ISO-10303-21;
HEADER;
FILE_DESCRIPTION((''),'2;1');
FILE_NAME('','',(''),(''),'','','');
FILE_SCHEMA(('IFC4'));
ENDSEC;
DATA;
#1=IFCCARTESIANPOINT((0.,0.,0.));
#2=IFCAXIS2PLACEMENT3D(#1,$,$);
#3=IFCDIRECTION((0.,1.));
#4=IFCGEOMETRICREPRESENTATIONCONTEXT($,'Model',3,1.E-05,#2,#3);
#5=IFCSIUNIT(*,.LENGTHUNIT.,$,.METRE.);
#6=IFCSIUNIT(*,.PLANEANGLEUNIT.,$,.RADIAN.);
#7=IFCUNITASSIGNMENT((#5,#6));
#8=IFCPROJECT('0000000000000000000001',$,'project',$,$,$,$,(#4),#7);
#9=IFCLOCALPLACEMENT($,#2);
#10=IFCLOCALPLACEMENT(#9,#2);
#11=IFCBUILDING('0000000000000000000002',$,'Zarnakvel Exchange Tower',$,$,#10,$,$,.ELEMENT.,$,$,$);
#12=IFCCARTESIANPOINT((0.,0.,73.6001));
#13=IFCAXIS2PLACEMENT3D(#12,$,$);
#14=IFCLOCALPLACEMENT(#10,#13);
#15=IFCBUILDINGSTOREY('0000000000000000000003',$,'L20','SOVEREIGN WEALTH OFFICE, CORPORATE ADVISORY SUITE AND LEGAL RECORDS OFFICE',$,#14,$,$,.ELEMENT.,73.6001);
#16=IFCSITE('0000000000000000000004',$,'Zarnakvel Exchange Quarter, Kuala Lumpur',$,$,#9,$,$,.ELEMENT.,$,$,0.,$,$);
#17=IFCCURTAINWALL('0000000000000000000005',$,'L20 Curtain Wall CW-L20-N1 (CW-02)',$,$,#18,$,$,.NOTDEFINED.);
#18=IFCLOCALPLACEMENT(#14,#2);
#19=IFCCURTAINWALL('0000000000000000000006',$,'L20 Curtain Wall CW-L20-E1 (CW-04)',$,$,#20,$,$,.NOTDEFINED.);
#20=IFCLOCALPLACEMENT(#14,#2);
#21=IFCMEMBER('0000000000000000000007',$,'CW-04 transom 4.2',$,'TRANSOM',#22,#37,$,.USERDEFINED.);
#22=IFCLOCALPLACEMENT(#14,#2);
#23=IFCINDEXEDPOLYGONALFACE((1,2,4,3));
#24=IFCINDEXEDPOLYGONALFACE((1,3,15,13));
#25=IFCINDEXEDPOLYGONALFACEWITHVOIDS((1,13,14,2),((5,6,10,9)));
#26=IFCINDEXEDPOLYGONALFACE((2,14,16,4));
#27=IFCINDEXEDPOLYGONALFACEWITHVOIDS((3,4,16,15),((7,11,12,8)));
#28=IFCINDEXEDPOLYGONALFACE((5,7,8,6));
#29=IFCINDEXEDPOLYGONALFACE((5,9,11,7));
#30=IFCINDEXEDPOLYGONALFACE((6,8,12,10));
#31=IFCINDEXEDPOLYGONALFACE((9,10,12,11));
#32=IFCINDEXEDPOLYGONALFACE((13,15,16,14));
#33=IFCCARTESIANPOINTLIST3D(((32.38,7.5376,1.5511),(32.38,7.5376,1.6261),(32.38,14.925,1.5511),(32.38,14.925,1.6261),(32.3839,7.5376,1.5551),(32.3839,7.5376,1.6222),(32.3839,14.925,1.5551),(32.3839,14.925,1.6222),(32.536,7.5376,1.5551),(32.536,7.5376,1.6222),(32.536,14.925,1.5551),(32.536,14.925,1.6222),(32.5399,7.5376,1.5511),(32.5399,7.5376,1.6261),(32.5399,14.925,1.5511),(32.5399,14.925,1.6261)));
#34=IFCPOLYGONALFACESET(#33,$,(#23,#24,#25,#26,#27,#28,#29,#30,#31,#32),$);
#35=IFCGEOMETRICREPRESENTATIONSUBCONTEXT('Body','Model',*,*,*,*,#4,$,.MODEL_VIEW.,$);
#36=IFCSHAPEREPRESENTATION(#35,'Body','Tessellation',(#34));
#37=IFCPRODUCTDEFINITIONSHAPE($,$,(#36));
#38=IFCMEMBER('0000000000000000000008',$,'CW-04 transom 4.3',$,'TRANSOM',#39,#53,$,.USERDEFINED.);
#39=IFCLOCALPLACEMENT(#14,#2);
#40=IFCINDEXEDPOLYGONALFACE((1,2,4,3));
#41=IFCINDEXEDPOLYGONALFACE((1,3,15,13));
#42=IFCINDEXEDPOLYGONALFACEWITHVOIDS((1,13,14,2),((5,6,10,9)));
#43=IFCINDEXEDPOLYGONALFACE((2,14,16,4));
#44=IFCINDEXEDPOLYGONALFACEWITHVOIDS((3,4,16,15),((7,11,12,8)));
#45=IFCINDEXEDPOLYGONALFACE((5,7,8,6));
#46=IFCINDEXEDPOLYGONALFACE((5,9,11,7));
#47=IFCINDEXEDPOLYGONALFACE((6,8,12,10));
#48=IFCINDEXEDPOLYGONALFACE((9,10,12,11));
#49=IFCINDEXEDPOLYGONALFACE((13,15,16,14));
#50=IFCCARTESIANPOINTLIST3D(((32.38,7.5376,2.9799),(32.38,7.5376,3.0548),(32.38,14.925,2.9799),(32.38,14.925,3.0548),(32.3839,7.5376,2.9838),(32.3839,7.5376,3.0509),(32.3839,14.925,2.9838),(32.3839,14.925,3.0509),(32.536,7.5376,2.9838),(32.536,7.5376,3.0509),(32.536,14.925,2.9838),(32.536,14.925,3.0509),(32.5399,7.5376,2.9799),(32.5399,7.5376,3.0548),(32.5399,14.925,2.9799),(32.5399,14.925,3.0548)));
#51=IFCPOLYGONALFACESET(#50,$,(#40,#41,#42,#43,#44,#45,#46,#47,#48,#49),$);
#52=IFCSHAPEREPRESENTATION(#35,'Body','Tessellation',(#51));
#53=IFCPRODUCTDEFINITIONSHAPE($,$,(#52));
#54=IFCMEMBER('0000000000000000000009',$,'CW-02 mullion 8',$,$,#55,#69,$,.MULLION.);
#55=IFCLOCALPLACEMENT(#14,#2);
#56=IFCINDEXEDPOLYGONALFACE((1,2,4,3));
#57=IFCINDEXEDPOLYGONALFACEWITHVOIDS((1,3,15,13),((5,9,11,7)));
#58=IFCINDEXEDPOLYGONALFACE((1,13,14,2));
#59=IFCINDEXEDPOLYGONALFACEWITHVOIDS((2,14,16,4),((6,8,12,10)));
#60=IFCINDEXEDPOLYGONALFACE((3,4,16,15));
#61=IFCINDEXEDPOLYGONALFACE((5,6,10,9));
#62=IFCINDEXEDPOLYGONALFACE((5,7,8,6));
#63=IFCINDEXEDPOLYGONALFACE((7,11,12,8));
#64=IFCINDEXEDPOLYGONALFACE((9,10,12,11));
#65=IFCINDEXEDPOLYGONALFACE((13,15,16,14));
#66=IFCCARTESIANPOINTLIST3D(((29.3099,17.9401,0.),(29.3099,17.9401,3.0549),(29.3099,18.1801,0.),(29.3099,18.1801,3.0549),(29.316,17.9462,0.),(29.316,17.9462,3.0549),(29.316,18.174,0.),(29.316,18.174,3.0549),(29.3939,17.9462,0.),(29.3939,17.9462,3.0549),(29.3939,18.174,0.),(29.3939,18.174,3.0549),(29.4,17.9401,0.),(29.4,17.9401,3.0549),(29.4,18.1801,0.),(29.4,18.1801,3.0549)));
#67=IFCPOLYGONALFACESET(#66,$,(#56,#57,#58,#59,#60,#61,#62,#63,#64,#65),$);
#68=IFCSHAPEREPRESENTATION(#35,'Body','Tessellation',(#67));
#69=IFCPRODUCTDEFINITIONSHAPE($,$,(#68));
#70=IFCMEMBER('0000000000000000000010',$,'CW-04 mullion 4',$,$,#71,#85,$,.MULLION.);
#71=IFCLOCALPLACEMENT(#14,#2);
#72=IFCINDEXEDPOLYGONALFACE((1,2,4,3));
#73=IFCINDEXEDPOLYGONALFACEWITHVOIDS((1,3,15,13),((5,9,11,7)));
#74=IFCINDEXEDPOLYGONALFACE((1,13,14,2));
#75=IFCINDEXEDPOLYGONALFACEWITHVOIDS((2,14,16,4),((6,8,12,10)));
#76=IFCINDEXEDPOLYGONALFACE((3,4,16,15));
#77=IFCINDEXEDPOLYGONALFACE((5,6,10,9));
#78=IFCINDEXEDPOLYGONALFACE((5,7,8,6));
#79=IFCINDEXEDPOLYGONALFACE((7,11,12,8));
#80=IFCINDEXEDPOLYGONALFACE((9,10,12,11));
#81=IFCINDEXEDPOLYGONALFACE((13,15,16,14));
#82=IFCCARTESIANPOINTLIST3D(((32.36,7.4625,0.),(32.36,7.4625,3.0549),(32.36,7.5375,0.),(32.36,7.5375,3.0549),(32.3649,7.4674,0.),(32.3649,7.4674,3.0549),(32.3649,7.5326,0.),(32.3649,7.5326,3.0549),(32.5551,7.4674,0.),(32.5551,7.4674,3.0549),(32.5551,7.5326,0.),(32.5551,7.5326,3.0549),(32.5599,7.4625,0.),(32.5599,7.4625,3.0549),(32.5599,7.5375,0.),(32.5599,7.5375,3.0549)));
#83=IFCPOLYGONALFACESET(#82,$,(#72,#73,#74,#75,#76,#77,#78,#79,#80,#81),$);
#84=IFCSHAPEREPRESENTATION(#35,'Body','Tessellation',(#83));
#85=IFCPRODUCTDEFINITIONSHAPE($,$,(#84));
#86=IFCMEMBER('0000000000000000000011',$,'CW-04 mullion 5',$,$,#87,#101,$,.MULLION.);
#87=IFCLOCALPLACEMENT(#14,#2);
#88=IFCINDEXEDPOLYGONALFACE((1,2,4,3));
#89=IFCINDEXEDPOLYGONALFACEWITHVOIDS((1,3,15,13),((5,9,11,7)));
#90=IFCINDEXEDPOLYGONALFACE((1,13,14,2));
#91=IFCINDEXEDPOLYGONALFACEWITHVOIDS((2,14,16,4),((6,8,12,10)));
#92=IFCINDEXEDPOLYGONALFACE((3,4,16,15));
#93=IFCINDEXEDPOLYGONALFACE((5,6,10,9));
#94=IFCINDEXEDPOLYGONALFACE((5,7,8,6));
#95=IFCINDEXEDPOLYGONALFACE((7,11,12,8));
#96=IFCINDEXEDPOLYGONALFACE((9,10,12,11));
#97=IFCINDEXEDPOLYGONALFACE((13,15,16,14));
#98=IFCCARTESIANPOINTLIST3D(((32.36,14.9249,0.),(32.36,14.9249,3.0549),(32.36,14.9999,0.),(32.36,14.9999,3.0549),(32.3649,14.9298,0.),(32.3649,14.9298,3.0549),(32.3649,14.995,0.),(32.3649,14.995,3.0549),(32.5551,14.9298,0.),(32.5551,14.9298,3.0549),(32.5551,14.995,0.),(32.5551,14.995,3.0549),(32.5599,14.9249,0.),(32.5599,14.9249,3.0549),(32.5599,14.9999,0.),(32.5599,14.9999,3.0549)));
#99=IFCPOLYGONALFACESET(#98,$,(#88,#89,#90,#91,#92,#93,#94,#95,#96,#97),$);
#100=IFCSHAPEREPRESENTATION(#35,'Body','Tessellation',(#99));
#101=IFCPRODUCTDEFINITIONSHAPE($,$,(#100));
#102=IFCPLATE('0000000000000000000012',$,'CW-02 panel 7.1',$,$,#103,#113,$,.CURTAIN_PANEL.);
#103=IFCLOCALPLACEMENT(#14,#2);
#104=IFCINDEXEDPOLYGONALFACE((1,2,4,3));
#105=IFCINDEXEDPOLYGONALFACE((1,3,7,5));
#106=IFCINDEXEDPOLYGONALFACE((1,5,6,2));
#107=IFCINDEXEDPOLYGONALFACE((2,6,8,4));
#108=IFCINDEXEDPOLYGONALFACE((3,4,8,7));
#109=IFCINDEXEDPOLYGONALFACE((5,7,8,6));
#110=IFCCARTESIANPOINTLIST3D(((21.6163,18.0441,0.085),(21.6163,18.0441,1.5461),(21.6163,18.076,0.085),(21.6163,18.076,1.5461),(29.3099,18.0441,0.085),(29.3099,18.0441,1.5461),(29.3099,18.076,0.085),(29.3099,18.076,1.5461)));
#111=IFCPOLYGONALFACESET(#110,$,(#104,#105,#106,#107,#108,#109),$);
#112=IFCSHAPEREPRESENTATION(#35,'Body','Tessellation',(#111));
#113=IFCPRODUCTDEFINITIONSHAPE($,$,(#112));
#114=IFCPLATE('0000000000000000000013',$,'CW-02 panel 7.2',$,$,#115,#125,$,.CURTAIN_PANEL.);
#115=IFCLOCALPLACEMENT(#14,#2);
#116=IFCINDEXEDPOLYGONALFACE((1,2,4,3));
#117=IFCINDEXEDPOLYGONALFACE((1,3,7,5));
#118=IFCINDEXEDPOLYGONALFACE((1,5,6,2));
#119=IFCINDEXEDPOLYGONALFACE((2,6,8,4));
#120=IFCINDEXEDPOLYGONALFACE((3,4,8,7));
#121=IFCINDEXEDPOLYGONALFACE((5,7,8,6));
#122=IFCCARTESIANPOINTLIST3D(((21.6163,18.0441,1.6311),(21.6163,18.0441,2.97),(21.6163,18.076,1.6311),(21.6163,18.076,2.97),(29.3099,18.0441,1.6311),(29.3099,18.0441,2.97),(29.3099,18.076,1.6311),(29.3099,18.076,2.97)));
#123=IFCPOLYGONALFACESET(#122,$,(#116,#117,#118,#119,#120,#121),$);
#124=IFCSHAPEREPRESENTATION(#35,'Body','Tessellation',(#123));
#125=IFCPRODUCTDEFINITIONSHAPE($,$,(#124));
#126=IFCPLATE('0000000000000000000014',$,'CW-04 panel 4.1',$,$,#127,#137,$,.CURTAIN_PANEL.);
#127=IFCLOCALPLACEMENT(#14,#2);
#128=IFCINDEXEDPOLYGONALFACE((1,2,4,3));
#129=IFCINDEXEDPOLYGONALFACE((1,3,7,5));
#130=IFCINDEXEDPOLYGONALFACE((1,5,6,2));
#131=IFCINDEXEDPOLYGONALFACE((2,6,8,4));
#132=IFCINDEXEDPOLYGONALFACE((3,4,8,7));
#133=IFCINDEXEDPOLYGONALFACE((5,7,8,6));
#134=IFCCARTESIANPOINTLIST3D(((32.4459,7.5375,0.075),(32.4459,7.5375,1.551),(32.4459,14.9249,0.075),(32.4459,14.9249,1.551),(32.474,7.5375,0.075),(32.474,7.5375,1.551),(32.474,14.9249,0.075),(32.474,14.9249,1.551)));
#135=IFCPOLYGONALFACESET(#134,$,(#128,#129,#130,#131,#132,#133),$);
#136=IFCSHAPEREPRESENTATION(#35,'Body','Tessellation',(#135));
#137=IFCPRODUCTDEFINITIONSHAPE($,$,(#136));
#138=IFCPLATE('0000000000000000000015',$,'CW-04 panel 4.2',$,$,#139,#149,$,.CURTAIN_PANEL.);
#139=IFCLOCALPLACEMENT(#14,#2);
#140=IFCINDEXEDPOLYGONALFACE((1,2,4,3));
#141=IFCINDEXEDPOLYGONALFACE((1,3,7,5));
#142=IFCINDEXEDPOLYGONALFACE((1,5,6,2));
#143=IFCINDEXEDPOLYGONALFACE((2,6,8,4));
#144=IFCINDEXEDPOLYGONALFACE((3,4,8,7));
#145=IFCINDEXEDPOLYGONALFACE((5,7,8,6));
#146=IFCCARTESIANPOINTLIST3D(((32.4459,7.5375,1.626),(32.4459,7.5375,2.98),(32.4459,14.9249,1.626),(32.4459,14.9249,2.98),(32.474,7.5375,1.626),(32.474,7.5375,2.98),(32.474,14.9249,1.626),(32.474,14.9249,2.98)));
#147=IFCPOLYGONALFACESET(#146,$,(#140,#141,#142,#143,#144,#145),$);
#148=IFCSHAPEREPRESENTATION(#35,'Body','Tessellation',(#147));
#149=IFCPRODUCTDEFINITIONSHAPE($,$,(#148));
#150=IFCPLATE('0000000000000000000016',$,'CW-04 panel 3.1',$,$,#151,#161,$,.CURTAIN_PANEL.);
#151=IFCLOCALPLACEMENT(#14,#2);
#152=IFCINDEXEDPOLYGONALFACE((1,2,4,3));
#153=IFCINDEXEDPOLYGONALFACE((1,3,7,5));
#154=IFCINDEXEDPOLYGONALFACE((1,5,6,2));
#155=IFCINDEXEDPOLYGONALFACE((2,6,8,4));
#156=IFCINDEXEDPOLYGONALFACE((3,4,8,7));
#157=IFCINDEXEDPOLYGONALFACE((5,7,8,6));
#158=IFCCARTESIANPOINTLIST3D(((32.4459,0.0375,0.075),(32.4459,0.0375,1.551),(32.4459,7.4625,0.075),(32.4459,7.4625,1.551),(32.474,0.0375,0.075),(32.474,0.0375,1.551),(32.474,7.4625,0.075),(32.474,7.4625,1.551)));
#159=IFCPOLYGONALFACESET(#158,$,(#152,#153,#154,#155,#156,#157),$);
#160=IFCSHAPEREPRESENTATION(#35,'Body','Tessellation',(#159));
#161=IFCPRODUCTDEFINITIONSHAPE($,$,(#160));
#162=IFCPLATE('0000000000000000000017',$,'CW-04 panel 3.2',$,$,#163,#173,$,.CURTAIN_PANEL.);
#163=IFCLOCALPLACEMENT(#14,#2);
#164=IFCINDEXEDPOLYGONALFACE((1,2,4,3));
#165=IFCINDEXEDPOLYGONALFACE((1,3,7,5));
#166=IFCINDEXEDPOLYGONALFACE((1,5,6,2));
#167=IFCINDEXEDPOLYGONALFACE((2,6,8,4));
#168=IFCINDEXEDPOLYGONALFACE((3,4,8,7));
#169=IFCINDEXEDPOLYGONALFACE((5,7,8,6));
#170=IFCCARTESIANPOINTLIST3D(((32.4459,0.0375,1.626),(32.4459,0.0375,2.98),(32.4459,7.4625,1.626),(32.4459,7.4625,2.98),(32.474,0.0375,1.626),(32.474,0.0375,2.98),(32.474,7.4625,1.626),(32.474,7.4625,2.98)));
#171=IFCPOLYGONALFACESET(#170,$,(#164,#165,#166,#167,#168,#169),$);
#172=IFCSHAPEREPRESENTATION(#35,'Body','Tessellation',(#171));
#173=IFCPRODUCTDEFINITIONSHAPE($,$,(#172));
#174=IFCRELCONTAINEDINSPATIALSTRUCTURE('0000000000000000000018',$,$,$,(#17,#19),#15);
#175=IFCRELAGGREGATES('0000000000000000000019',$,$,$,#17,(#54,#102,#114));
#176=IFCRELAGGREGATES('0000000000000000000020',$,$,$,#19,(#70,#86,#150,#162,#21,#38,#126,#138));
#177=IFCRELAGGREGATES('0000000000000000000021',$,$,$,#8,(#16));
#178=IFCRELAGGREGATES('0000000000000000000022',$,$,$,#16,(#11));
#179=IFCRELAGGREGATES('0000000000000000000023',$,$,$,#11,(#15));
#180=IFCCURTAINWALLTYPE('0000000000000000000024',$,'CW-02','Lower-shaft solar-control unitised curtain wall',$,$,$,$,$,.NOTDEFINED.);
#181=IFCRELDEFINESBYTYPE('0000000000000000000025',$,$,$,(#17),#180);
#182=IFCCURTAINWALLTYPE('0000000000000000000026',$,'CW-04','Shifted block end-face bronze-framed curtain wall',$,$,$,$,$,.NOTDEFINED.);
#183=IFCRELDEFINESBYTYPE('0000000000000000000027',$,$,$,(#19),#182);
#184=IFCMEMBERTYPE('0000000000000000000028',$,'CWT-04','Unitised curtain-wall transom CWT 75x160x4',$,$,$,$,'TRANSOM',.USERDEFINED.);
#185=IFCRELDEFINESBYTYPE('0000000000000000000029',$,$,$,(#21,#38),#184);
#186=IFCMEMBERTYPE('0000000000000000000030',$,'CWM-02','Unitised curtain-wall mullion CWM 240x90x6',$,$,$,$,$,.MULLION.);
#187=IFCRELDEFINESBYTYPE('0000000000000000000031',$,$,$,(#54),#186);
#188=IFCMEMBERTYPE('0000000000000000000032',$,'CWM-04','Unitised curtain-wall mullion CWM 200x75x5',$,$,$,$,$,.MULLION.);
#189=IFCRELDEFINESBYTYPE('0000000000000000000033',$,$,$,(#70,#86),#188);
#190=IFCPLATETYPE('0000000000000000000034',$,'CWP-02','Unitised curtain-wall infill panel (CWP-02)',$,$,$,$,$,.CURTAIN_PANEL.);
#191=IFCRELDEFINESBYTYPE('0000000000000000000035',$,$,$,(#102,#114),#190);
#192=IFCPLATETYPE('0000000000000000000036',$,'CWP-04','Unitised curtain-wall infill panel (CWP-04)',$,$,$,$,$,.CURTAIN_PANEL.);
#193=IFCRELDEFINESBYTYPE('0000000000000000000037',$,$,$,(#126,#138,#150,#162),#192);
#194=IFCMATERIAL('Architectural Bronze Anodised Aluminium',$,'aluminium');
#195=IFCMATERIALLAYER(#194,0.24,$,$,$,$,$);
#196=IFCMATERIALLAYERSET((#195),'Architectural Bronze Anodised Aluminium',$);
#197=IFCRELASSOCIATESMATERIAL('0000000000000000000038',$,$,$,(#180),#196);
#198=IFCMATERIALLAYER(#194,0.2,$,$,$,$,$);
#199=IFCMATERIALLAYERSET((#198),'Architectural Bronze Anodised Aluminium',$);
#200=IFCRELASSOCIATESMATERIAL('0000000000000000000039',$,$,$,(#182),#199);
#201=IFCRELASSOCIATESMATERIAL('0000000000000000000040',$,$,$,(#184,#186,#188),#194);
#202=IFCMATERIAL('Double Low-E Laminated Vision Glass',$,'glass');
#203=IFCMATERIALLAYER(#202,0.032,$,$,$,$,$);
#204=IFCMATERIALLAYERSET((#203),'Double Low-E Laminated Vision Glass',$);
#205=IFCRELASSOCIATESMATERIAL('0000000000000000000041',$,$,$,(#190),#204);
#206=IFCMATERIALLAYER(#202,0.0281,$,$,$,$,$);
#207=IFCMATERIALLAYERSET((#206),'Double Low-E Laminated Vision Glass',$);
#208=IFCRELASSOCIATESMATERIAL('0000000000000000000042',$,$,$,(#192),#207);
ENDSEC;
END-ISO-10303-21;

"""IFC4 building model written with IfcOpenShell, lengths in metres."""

from ifc_helpers import new_model, si_unit, direction, frame, origin, origin_2d, place, context, subcontext, project, spatial, rectangle, hollow_rectangle, extrude, source, transform, mapped, material, layer, layer_set, material_profile, profile_set, type_object, element, aggregate, save


model = new_model("IFC4")

# Units and contexts
model_context = context("Model", 3, precision=1e-05, world=origin(), true_north=direction((0.0, 1.0)))
body_context = subcontext(model_context, "Body", "Model", "MODEL_VIEW")
ifc_project = project(units=[si_unit("LENGTHUNIT", "METRE"), si_unit("PLANEANGLEUNIT", "RADIAN")], contexts=[model_context])

# Site, building, storey
site_placement = place(None, origin())
site = spatial("IfcSite", under=ifc_project, at=site_placement, Name="Zarnakvel Exchange Quarter, Kuala Lumpur", CompositionType="ELEMENT", RefElevation=0.0)
building_placement = place(site_placement, origin())
building = spatial("IfcBuilding", under=site, at=building_placement, Name="Zarnakvel Exchange Tower", CompositionType="ELEMENT")
storey_placement = place(building_placement, frame((0.0, 0.0, 73.6001)))
storey = spatial("IfcBuildingStorey", under=building, at=storey_placement, Name="L20", Description="SOVEREIGN WEALTH OFFICE, CORPORATE ADVISORY SUITE AND LEGAL RECORDS OFFICE", CompositionType="ELEMENT", Elevation=73.6001)

# Curtain walls, members
ifc_material_1 = material(Name="Architectural Bronze Anodised Aluminium", Category="aluminium")
ifc_layer_1 = layer(ifc_material_1, 0.24)
ifc_layer_set_1 = layer_set([ifc_layer_1], Name="Architectural Bronze Anodised Aluminium")
curtain_wall_type_1 = type_object("IfcCurtainWallType", Name="CW-02", Description="Lower-shaft solar-control unitised curtain wall", PredefinedType="NOTDEFINED", material=ifc_layer_set_1)
curtain_wall_1_placement = place(storey_placement, origin())
curtain_wall_1 = element("IfcCurtainWall", 1, at=curtain_wall_1_placement, inside=storey, type_object=curtain_wall_type_1, Name="L20 Curtain Wall CW-L20-N1 (CW-02)", PredefinedType="NOTDEFINED")
ifc_layer_2 = layer(ifc_material_1, 0.2)
ifc_layer_set_2 = layer_set([ifc_layer_2], Name="Architectural Bronze Anodised Aluminium")
curtain_wall_type_2 = type_object("IfcCurtainWallType", Name="CW-04", Description="Shifted block end-face bronze-framed curtain wall", PredefinedType="NOTDEFINED", material=ifc_layer_set_2)
curtain_wall_2_placement = place(storey_placement, origin())
curtain_wall_2 = element("IfcCurtainWall", 2, at=curtain_wall_2_placement, inside=storey, type_object=curtain_wall_type_2, Name="L20 Curtain Wall CW-L20-E1 (CW-04)", PredefinedType="NOTDEFINED")
ifc_material_profile_1 = material_profile(ifc_material_1, hollow_rectangle(XDim=0.1599, YDim=0.075, WallThickness=0.0039, at=origin_2d()))
ifc_profile_set_1 = profile_set([ifc_material_profile_1], Name="Architectural Bronze Anodised Aluminium")
member_type_1 = type_object("IfcMemberType", Name="CWT-04", Description="Unitised curtain-wall transom CWT 75x160x4", ElementType="TRANSOM", PredefinedType="USERDEFINED", material=ifc_profile_set_1)
shared_shape_1 = source(origin(), body_context, "Body", "SweptSolid", [
    extrude(hollow_rectangle(XDim=0.1599, YDim=0.075, WallThickness=0.0039, at=origin_2d()), origin(), (0.0, 0.0, 1.0), 7.3875),
])
member_1_placement = place(storey_placement, frame((32.46, 7.5376, 1.5886), z_axis=(0.0, 1.0, 0.0), x_axis=(-1.0, 0.0, 0.0)))
member_1 = element("IfcMember", 3, at=member_1_placement, type_object=member_type_1, Name="CW-04 transom 4.2", ObjectType="TRANSOM", PredefinedType="USERDEFINED", context=body_context, shape_type="MappedRepresentation", body=[
    mapped(shared_shape_1, transform((0.0, 0.0, 0.0), x_axis=(1.0, 0.0, 0.0), y_axis=(0.0, 1.0, 0.0), z_axis=(0.0, 0.0, 1.0), scale=1.0)),
])
member_2_placement = place(storey_placement, frame((32.46, 7.5376, 3.0173), z_axis=(0.0, 1.0, 0.0), x_axis=(-1.0, 0.0, 0.0)))
member_2 = element("IfcMember", 4, at=member_2_placement, type_object=member_type_1, Name="CW-04 transom 4.3", ObjectType="TRANSOM", PredefinedType="USERDEFINED", context=body_context, shape_type="MappedRepresentation", body=[
    mapped(shared_shape_1, transform((0.0, 0.0, 0.0), x_axis=(1.0, 0.0, 0.0), y_axis=(0.0, 1.0, 0.0), z_axis=(0.0, 0.0, 1.0), scale=1.0)),
])

# Members
ifc_material_profile_2 = material_profile(ifc_material_1, hollow_rectangle(XDim=0.24, YDim=0.0901, WallThickness=0.0061, at=origin_2d()))
ifc_profile_set_2 = profile_set([ifc_material_profile_2], Name="Architectural Bronze Anodised Aluminium")
member_type_2 = type_object("IfcMemberType", Name="CWM-02", Description="Unitised curtain-wall mullion CWM 240x90x6", PredefinedType="MULLION", material=ifc_profile_set_2)
shared_shape_2 = source(origin(), body_context, "Body", "SweptSolid", [
    extrude(hollow_rectangle(XDim=0.24, YDim=0.0901, WallThickness=0.0061, at=origin_2d()), origin(), (0.0, 0.0, 1.0), 3.0549),
])
member_3_placement = place(storey_placement, frame((29.355, 18.0601, 0.0), z_axis=(0.0, 0.0, 1.0), x_axis=(0.0, 1.0, 0.0)))
member_3 = element("IfcMember", 5, at=member_3_placement, type_object=member_type_2, Name="CW-02 mullion 8", PredefinedType="MULLION", context=body_context, shape_type="MappedRepresentation", body=[
    mapped(shared_shape_2, transform((0.0, 0.0, 0.0), x_axis=(1.0, 0.0, 0.0), y_axis=(0.0, 1.0, 0.0), z_axis=(0.0, 0.0, 1.0), scale=1.0)),
])
ifc_material_profile_3 = material_profile(ifc_material_1, hollow_rectangle(XDim=0.2, YDim=0.075, WallThickness=0.0049, at=origin_2d()))
ifc_profile_set_3 = profile_set([ifc_material_profile_3], Name="Architectural Bronze Anodised Aluminium")
member_type_3 = type_object("IfcMemberType", Name="CWM-04", Description="Unitised curtain-wall mullion CWM 200x75x5", PredefinedType="MULLION", material=ifc_profile_set_3)
shared_shape_3 = source(origin(), body_context, "Body", "SweptSolid", [
    extrude(hollow_rectangle(XDim=0.2, YDim=0.075, WallThickness=0.0049, at=origin_2d()), origin(), (0.0, 0.0, 1.0), 3.0549),
])
member_4_placement = place(storey_placement, frame((32.46, 7.5, 0.0), z_axis=(0.0, 0.0, 1.0), x_axis=(-1.0, 0.0, 0.0)))
member_4 = element("IfcMember", 6, at=member_4_placement, type_object=member_type_3, Name="CW-04 mullion 4", PredefinedType="MULLION", context=body_context, shape_type="MappedRepresentation", body=[
    mapped(shared_shape_3, transform((0.0, 0.0, 0.0), x_axis=(1.0, 0.0, 0.0), y_axis=(0.0, 1.0, 0.0), z_axis=(0.0, 0.0, 1.0), scale=1.0)),
])
member_5_placement = place(storey_placement, frame((32.46, 14.9624, 0.0), z_axis=(0.0, 0.0, 1.0), x_axis=(-1.0, 0.0, 0.0)))
member_5 = element("IfcMember", 7, at=member_5_placement, type_object=member_type_3, Name="CW-04 mullion 5", PredefinedType="MULLION", context=body_context, shape_type="MappedRepresentation", body=[
    mapped(shared_shape_3, transform((0.0, 0.0, 0.0), x_axis=(1.0, 0.0, 0.0), y_axis=(0.0, 1.0, 0.0), z_axis=(0.0, 0.0, 1.0), scale=1.0)),
])

# Plates
ifc_material_2 = material(Name="Double Low-E Laminated Vision Glass", Category="glass")
ifc_layer_3 = layer(ifc_material_2, 0.032)
ifc_layer_set_3 = layer_set([ifc_layer_3], Name="Double Low-E Laminated Vision Glass")
plate_type_1 = type_object("IfcPlateType", Name="CWP-02", Description="Unitised curtain-wall infill panel (CWP-02)", PredefinedType="CURTAIN_PANEL", material=ifc_layer_set_3)
shared_shape_4 = source(origin(), body_context, "Body", "SweptSolid", [
    extrude(rectangle(XDim=7.6936, YDim=0.032, at=origin_2d()), origin(), (0.0, 0.0, 1.0), 1.4612),
])
plate_1_placement = place(storey_placement, frame((25.4631, 18.0601, 0.085), z_axis=(0.0, 0.0, 1.0), x_axis=(1.0, 0.0, 0.0)))
plate_1 = element("IfcPlate", 8, at=plate_1_placement, type_object=plate_type_1, Name="CW-02 panel 7.1", PredefinedType="CURTAIN_PANEL", context=body_context, shape_type="MappedRepresentation", body=[
    mapped(shared_shape_4, transform((0.0, 0.0, 0.0), x_axis=(1.0, 0.0, 0.0), y_axis=(0.0, 1.0, 0.0), z_axis=(0.0, 0.0, 1.0), scale=1.0)),
])
shared_shape_5 = source(origin(), body_context, "Body", "SweptSolid", [
    extrude(rectangle(XDim=7.6936, YDim=0.032, at=origin_2d()), origin(), (0.0, 0.0, 1.0), 1.3389),
])
plate_2_placement = place(storey_placement, frame((25.4631, 18.0601, 1.6311), z_axis=(0.0, 0.0, 1.0), x_axis=(1.0, 0.0, 0.0)))
plate_2 = element("IfcPlate", 9, at=plate_2_placement, type_object=plate_type_1, Name="CW-02 panel 7.2", PredefinedType="CURTAIN_PANEL", context=body_context, shape_type="MappedRepresentation", body=[
    mapped(shared_shape_5, transform((0.0, 0.0, 0.0), x_axis=(1.0, 0.0, 0.0), y_axis=(0.0, 1.0, 0.0), z_axis=(0.0, 0.0, 1.0), scale=1.0)),
])
aggregate(curtain_wall_1, [member_3, plate_1, plate_2])
ifc_layer_4 = layer(ifc_material_2, 0.0281)
ifc_layer_set_4 = layer_set([ifc_layer_4], Name="Double Low-E Laminated Vision Glass")
plate_type_2 = type_object("IfcPlateType", Name="CWP-04", Description="Unitised curtain-wall infill panel (CWP-04)", PredefinedType="CURTAIN_PANEL", material=ifc_layer_set_4)
shared_shape_6 = source(origin(), body_context, "Body", "SweptSolid", [
    extrude(rectangle(XDim=7.3875, YDim=0.0281, at=origin_2d()), origin(), (0.0, 0.0, 1.0), 1.4761),
])
plate_3_placement = place(storey_placement, frame((32.46, 11.2312, 0.075), z_axis=(0.0, 0.0, 1.0), x_axis=(0.0, 1.0, 0.0)))
plate_3 = element("IfcPlate", 10, at=plate_3_placement, type_object=plate_type_2, Name="CW-04 panel 4.1", PredefinedType="CURTAIN_PANEL", context=body_context, shape_type="MappedRepresentation", body=[
    mapped(shared_shape_6, transform((0.0, 0.0, 0.0), x_axis=(1.0, 0.0, 0.0), y_axis=(0.0, 1.0, 0.0), z_axis=(0.0, 0.0, 1.0), scale=1.0)),
])
shared_shape_7 = source(origin(), body_context, "Body", "SweptSolid", [
    extrude(rectangle(XDim=7.3875, YDim=0.0281, at=origin_2d()), origin(), (0.0, 0.0, 1.0), 1.354),
])
plate_4_placement = place(storey_placement, frame((32.46, 11.2312, 1.626), z_axis=(0.0, 0.0, 1.0), x_axis=(0.0, 1.0, 0.0)))
plate_4 = element("IfcPlate", 11, at=plate_4_placement, type_object=plate_type_2, Name="CW-04 panel 4.2", PredefinedType="CURTAIN_PANEL", context=body_context, shape_type="MappedRepresentation", body=[
    mapped(shared_shape_7, transform((0.0, 0.0, 0.0), x_axis=(1.0, 0.0, 0.0), y_axis=(0.0, 1.0, 0.0), z_axis=(0.0, 0.0, 1.0), scale=1.0)),
])
shared_shape_8 = source(origin(), body_context, "Body", "SweptSolid", [
    extrude(rectangle(XDim=7.425, YDim=0.0281, at=origin_2d()), origin(), (0.0, 0.0, 1.0), 1.4761),
])
plate_5_placement = place(storey_placement, frame((32.46, 3.75, 0.075), z_axis=(0.0, 0.0, 1.0), x_axis=(0.0, 1.0, 0.0)))
plate_5 = element("IfcPlate", 12, at=plate_5_placement, type_object=plate_type_2, Name="CW-04 panel 3.1", PredefinedType="CURTAIN_PANEL", context=body_context, shape_type="MappedRepresentation", body=[
    mapped(shared_shape_8, transform((0.0, 0.0, 0.0), x_axis=(1.0, 0.0, 0.0), y_axis=(0.0, 1.0, 0.0), z_axis=(0.0, 0.0, 1.0), scale=1.0)),
])
shared_shape_9 = source(origin(), body_context, "Body", "SweptSolid", [
    extrude(rectangle(XDim=7.425, YDim=0.0281, at=origin_2d()), origin(), (0.0, 0.0, 1.0), 1.354),
])
plate_6_placement = place(storey_placement, frame((32.46, 3.75, 1.626), z_axis=(0.0, 0.0, 1.0), x_axis=(0.0, 1.0, 0.0)))
plate_6 = element("IfcPlate", 13, at=plate_6_placement, type_object=plate_type_2, Name="CW-04 panel 3.2", PredefinedType="CURTAIN_PANEL", context=body_context, shape_type="MappedRepresentation", body=[
    mapped(shared_shape_9, transform((0.0, 0.0, 0.0), x_axis=(1.0, 0.0, 0.0), y_axis=(0.0, 1.0, 0.0), z_axis=(0.0, 0.0, 1.0), scale=1.0)),
])
aggregate(curtain_wall_2, [member_4, member_5, plate_5, plate_6, member_1, member_2, plate_3, plate_4])

save(model, "model.ifc")
